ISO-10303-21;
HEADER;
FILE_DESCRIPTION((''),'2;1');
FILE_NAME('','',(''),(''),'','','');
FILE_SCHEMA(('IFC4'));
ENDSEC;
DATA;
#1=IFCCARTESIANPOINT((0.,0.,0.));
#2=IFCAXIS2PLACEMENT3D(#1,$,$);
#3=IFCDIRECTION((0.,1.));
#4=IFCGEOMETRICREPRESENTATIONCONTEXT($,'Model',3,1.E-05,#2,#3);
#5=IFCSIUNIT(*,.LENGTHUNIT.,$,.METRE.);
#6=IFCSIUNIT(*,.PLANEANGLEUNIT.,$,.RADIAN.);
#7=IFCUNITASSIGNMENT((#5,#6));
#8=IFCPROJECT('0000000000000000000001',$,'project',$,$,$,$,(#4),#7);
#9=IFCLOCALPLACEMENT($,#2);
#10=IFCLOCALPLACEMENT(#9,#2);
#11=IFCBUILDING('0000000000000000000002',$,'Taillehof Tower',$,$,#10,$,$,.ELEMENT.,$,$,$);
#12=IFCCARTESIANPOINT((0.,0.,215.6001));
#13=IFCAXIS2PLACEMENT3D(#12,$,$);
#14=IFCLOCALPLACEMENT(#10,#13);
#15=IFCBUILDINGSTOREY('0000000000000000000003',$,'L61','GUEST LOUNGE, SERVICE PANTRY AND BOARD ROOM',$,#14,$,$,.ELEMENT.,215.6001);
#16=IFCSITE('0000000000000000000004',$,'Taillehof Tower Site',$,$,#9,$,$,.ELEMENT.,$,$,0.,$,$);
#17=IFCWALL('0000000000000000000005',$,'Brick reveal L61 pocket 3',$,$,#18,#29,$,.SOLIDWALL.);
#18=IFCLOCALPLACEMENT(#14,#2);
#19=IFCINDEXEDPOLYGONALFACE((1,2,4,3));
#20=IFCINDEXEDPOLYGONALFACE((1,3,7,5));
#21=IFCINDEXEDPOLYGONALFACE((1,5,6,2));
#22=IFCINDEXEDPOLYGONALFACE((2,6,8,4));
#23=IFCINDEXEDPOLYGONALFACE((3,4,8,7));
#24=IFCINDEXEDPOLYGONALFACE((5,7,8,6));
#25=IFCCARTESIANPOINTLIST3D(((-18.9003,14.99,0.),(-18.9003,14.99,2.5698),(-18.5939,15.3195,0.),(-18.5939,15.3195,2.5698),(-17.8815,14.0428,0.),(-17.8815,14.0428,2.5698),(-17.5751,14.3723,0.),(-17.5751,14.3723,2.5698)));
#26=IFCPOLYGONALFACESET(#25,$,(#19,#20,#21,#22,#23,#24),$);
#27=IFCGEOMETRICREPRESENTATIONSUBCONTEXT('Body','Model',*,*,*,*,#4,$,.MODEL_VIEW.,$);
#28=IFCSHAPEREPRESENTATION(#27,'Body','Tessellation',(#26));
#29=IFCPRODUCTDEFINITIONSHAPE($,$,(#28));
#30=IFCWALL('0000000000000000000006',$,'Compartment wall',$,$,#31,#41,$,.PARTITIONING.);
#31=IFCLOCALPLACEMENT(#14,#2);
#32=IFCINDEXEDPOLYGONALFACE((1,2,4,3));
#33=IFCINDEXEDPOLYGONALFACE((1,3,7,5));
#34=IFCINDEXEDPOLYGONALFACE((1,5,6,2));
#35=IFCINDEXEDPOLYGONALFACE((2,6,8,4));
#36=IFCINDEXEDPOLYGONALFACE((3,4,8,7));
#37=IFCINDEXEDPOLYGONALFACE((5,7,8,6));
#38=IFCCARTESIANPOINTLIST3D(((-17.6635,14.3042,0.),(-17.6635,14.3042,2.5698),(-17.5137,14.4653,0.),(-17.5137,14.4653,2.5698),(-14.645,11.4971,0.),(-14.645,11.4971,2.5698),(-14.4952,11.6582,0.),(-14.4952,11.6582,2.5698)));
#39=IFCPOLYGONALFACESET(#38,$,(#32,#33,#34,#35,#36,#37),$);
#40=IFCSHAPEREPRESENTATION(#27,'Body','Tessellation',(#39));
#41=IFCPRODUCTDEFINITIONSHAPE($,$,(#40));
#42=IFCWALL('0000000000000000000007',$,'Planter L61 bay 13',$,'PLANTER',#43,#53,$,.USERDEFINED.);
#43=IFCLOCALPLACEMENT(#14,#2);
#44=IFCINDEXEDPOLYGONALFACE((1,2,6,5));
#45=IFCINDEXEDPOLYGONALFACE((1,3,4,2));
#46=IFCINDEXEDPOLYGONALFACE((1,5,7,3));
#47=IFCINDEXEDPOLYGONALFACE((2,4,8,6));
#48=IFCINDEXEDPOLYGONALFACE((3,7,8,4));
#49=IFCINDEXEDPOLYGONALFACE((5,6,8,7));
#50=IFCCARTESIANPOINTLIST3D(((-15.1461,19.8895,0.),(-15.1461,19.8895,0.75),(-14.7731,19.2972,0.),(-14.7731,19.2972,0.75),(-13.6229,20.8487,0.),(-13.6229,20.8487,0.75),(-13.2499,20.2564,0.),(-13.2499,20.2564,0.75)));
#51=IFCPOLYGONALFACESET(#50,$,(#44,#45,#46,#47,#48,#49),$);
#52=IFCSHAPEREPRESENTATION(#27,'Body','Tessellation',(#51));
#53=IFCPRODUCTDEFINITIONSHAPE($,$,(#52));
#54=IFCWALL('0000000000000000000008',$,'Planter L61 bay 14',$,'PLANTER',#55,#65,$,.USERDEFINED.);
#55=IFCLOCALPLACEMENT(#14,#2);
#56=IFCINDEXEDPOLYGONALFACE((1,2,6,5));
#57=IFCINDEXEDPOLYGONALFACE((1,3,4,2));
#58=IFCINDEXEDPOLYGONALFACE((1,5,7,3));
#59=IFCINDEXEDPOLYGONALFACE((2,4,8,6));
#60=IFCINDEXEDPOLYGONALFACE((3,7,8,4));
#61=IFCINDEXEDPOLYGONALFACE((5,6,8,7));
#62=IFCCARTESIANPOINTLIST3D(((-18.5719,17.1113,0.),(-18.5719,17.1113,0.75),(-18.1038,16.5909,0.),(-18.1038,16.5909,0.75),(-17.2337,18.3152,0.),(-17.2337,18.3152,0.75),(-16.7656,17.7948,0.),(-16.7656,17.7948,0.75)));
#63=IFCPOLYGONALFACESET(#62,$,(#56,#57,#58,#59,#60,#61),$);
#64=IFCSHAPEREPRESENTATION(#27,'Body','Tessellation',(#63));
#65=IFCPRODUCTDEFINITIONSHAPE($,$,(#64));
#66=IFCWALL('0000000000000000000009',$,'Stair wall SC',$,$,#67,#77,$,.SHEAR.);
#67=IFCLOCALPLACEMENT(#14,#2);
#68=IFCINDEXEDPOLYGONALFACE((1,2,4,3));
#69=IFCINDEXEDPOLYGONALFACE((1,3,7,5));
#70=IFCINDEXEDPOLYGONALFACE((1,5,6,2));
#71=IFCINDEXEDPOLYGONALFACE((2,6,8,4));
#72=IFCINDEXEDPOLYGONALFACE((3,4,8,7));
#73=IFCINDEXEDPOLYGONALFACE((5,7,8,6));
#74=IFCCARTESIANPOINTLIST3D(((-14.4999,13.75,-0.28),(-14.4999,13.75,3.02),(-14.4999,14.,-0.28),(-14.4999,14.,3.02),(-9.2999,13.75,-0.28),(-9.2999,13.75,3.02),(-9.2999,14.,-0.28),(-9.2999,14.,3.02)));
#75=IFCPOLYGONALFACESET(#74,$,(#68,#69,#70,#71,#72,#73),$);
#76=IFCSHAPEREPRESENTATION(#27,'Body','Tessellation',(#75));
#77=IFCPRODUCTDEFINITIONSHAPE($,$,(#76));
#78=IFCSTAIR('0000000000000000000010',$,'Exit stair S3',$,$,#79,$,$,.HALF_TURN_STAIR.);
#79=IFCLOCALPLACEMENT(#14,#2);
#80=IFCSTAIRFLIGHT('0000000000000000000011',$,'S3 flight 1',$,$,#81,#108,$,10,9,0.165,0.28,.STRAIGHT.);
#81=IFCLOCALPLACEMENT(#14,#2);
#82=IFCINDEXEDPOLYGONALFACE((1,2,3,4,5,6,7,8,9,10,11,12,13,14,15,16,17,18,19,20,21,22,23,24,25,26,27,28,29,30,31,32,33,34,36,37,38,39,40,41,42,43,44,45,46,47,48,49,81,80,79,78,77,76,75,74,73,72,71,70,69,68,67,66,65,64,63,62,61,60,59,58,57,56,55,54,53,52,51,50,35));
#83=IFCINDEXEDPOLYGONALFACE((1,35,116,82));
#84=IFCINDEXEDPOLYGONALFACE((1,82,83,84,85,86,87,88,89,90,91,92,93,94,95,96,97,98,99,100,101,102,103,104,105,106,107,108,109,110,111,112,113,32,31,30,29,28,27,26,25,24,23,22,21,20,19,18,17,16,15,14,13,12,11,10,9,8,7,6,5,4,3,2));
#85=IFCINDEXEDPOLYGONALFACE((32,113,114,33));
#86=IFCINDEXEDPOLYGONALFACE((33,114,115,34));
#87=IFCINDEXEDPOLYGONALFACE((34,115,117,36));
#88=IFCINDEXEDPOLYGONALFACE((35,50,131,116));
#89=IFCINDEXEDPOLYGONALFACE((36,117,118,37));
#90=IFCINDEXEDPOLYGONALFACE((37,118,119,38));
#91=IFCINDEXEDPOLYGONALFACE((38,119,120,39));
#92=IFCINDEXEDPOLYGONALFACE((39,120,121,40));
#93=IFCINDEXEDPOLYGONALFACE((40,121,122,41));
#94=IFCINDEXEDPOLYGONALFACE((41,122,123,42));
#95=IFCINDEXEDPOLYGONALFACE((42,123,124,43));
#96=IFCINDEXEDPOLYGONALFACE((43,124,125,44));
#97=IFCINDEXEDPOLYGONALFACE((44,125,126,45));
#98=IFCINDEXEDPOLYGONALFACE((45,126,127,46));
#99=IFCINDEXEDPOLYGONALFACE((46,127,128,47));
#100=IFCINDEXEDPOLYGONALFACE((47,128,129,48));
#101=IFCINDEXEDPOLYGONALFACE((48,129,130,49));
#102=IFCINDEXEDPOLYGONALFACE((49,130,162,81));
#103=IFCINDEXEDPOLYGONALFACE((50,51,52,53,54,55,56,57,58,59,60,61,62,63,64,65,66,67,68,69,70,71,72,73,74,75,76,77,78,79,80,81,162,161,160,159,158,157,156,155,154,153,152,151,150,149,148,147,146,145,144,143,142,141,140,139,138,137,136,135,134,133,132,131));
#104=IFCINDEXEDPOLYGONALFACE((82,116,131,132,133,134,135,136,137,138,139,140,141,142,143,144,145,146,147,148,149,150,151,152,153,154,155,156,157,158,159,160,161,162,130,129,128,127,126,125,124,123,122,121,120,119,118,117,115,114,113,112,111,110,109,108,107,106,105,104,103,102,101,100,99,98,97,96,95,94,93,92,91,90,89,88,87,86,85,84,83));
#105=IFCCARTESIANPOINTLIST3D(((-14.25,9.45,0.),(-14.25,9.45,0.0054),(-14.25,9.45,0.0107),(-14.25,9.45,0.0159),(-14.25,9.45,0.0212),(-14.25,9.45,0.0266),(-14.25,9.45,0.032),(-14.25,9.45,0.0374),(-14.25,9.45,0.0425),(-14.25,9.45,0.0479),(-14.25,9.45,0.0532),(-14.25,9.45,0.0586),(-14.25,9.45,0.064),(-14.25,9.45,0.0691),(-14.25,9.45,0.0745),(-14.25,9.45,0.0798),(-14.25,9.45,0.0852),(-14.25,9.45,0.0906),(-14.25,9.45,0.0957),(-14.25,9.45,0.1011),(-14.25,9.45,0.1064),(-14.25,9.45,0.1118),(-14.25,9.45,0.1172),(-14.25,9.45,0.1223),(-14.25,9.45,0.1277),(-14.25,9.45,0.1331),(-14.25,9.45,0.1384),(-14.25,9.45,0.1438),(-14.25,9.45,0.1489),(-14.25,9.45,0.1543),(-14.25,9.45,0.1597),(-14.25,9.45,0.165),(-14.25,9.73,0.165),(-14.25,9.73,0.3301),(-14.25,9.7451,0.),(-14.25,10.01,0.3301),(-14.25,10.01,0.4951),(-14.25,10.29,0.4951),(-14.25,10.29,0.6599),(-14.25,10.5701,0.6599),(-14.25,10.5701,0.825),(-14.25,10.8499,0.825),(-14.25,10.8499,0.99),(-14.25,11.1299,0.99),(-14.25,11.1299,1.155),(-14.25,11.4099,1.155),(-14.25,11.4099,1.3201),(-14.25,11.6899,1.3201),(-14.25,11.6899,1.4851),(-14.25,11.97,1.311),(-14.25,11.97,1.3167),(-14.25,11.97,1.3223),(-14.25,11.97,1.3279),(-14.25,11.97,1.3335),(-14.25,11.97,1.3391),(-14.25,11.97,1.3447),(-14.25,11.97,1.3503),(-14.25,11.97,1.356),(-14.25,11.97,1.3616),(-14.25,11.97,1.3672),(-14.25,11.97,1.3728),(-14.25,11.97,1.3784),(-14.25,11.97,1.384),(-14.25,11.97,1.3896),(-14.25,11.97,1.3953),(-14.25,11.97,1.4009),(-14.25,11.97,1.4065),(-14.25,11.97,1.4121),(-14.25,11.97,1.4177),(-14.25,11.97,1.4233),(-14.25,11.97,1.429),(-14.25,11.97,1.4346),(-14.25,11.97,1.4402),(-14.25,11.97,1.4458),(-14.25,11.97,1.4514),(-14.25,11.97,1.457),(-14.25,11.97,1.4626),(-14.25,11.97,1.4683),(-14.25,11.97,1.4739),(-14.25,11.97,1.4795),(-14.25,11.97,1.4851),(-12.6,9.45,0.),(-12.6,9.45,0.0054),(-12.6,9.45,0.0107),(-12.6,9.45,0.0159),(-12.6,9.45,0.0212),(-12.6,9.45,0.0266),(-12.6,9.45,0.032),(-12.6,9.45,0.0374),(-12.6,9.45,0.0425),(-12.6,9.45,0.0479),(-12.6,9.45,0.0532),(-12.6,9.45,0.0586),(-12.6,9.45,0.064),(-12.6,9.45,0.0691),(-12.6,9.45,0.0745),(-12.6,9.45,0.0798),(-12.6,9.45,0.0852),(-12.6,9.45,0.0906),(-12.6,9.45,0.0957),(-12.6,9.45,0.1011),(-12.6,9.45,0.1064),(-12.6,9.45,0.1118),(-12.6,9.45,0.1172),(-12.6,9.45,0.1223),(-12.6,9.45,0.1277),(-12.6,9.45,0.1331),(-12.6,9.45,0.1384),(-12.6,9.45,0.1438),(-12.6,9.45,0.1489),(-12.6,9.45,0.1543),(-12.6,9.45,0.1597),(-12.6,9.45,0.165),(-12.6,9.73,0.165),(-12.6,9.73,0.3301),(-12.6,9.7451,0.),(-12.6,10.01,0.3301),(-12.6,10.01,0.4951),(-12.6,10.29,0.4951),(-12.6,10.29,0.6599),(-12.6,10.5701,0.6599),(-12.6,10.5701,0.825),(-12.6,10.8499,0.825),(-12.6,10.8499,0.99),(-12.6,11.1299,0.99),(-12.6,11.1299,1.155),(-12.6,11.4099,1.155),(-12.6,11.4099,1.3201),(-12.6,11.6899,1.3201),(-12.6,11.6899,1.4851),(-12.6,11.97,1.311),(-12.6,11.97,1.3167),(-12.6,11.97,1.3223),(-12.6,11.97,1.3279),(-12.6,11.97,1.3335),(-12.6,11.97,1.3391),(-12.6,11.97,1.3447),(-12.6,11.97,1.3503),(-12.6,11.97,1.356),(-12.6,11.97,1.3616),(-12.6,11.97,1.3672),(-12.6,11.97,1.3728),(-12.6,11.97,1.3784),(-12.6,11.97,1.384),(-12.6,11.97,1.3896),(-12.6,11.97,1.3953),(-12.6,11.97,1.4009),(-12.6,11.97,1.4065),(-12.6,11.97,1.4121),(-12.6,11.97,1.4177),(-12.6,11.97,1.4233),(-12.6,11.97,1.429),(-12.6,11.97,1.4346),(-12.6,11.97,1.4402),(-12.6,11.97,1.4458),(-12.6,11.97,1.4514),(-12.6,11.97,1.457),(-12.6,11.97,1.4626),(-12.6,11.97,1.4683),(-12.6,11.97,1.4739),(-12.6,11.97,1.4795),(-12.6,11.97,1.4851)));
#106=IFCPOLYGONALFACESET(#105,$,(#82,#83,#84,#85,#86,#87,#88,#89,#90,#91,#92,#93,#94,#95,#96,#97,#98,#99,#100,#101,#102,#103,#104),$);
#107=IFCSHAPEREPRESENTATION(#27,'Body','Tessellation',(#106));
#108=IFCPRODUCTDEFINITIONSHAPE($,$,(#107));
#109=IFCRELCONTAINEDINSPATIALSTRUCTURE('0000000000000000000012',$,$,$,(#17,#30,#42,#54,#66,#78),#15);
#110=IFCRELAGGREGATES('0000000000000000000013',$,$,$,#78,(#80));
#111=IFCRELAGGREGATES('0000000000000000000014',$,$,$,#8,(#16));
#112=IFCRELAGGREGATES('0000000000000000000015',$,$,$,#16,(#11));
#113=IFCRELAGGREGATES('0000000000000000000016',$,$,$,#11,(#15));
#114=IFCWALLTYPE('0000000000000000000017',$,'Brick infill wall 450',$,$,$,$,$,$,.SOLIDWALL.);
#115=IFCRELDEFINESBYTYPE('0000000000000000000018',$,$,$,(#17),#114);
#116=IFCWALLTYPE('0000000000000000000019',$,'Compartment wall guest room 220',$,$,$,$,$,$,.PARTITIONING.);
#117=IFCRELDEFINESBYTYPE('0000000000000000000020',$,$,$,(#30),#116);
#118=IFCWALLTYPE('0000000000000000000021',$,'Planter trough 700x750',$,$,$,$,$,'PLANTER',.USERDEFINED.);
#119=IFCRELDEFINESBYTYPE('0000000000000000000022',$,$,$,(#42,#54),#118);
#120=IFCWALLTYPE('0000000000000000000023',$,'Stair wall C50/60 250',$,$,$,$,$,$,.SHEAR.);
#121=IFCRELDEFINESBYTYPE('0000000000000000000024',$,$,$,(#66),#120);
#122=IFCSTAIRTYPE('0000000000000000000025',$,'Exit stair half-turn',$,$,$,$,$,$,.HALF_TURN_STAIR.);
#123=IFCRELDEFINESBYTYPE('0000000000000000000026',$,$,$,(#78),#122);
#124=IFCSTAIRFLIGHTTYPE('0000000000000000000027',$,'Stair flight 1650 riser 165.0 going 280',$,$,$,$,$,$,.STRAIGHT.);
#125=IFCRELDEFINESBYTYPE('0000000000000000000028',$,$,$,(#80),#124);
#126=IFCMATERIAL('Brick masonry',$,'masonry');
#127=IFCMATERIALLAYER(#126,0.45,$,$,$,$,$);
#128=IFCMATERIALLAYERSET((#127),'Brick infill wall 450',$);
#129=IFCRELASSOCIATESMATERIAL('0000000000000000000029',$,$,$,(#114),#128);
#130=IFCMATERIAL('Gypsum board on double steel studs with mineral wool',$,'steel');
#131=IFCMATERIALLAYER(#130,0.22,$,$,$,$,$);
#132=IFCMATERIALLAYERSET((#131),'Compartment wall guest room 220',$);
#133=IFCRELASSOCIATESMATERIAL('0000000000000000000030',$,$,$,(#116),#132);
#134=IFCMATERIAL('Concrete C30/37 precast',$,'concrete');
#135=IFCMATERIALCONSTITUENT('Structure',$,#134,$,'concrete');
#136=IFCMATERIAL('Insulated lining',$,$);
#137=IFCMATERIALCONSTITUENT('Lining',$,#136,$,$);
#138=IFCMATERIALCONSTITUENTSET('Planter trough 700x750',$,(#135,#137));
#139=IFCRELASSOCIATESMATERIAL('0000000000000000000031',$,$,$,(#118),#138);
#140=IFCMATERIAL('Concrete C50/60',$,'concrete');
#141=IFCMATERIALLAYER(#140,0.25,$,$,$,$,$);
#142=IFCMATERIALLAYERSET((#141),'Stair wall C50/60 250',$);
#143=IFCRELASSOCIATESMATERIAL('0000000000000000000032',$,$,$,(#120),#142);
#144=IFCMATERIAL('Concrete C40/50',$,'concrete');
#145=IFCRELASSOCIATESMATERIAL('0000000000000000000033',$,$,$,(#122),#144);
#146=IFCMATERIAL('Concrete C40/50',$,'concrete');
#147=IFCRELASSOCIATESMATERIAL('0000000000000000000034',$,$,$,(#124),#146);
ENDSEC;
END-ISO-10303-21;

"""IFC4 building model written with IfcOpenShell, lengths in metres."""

from ifc_helpers import new_model, si_unit, direction, frame, frame_2d, origin, place, context, subcontext, project, spatial, polyline, rectangle, outline, extrude, material, layer, layer_set, constituent, constituent_set, type_object, element, aggregate, save


model = new_model("IFC4")

# Units and contexts
model_context = context("Model", 3, precision=1e-05, world=origin(), true_north=direction((0.0, 1.0)))
body_context = subcontext(model_context, "Body", "Model", "MODEL_VIEW")
ifc_project = project(units=[si_unit("LENGTHUNIT", "METRE"), si_unit("PLANEANGLEUNIT", "RADIAN")], contexts=[model_context])

# Site, building, storey
site_placement = place(None, origin())
site = spatial("IfcSite", under=ifc_project, at=site_placement, Name="Taillehof Tower Site", CompositionType="ELEMENT", RefElevation=0.0)
building_placement = place(site_placement, origin())
building = spatial("IfcBuilding", under=site, at=building_placement, Name="Taillehof Tower", CompositionType="ELEMENT")
storey_placement = place(building_placement, frame((0.0, 0.0, 215.6001)))
storey = spatial("IfcBuildingStorey", under=building, at=storey_placement, Name="L61", Description="GUEST LOUNGE, SERVICE PANTRY AND BOARD ROOM", CompositionType="ELEMENT", Elevation=215.6001)

# Shared definitions
ifc_material_1 = material(Name="Brick masonry", Category="masonry")
ifc_layer_1 = layer(ifc_material_1, 0.45)
ifc_layer_set_1 = layer_set([ifc_layer_1], Name="Brick infill wall 450")
wall_type_1 = type_object("IfcWallType", Name="Brick infill wall 450", PredefinedType="SOLIDWALL", material=ifc_layer_set_1)

# Wall
wall_1_placement = place(storey_placement, frame((-18.7471, 15.1548, 0.0), z_axis=(0.0, 0.0, 1.0), x_axis=(0.73235, -0.680929, 0.0)))
element("IfcWall", 1, at=wall_1_placement, inside=storey, type_object=wall_type_1, Name="Brick reveal L61 pocket 3", PredefinedType="SOLIDWALL", context=body_context, shape_type="SweptSolid", body=[
    extrude(rectangle(XDim=1.3911, YDim=0.45, at=frame_2d((0.6956, 0.0))), origin(), (0.0, 0.0, 1.0), 2.5698),
])

# Walls
ifc_material_2 = material(Name="Gypsum board on double steel studs with mineral wool", Category="steel")
ifc_layer_2 = layer(ifc_material_2, 0.22)
ifc_layer_set_2 = layer_set([ifc_layer_2], Name="Compartment wall guest room 220")
wall_type_2 = type_object("IfcWallType", Name="Compartment wall guest room 220", PredefinedType="PARTITIONING", material=ifc_layer_set_2)
wall_2_placement = place(storey_placement, frame((-17.5886, 14.3848, 0.0), z_axis=(0.0, 0.0, 1.0), x_axis=(0.732287, -0.680996, 0.0)))
element("IfcWall", 2, at=wall_2_placement, inside=storey, type_object=wall_type_2, Name="Compartment wall", PredefinedType="PARTITIONING", context=body_context, shape_type="SweptSolid", body=[
    extrude(rectangle(XDim=4.1221, YDim=0.22, at=frame_2d((2.061, 0.0))), origin(), (0.0, 0.0, 1.0), 2.5698),
])
ifc_material_3 = material(Name="Concrete C30/37 precast", Category="concrete")
ifc_constituent_1 = constituent(ifc_material_3, Name="Structure", Category="concrete")
ifc_material_4 = material(Name="Insulated lining")
ifc_constituent_2 = constituent(ifc_material_4, Name="Lining")
ifc_constituent_set = constituent_set(constituents=[ifc_constituent_1, ifc_constituent_2], Name="Planter trough 700x750")
wall_type_3 = type_object("IfcWallType", Name="Planter trough 700x750", ElementType="PLANTER", PredefinedType="USERDEFINED", material=ifc_constituent_set)
for number, where, z_axis, x_axis, name in (
    (3, (-13.4365, 20.5525, 0.0), (0.0, 0.0, 1.0), (-0.846188, -0.532885, 0.0), "Planter L61 bay 13"),
    (4, (-16.9998, 18.0549, 0.0), (0.0, 0.0, 1.0), (-0.743422, -0.668822, 0.0), "Planter L61 bay 14"),
):
    element("IfcWall", number, at=place(storey_placement, frame(where, z_axis=z_axis, x_axis=x_axis)), inside=storey, type_object=wall_type_3, Name=name, ObjectType="PLANTER", PredefinedType="USERDEFINED", context=body_context, shape_type="SweptSolid", body=[
        extrude(rectangle(XDim=1.8, YDim=0.7, at=frame_2d((0.8999, 0.0))), origin(), (0.0, 0.0, 1.0), 0.75),
    ])
ifc_material_5 = material(Name="Concrete C50/60", Category="concrete")
ifc_layer_3 = layer(ifc_material_5, 0.25)
ifc_layer_set_3 = layer_set([ifc_layer_3], Name="Stair wall C50/60 250")
wall_type_4 = type_object("IfcWallType", Name="Stair wall C50/60 250", PredefinedType="SHEAR", material=ifc_layer_set_3)
wall_3_placement = place(storey_placement, frame((-14.5, 13.875, -0.28), z_axis=(0.0, 0.0, 1.0), x_axis=(1.0, 0.0, 0.0)))
element("IfcWall", 5, at=wall_3_placement, inside=storey, type_object=wall_type_4, Name="Stair wall SC", PredefinedType="SHEAR", context=body_context, shape_type="SweptSolid", body=[
    extrude(rectangle(XDim=5.2, YDim=0.25, at=frame_2d((2.6001, 0.0))), origin(), (0.0, 0.0, 1.0), 3.3),
])

# Stair, stair flight
ifc_material_6 = material(Name="Concrete C40/50", Category="concrete")
stair_type = type_object("IfcStairType", Name="Exit stair half-turn", PredefinedType="HALF_TURN_STAIR", material=ifc_material_6)
stair_placement = place(storey_placement, origin())
stair = element("IfcStair", 6, at=stair_placement, inside=storey, type_object=stair_type, Name="Exit stair S3", PredefinedType="HALF_TURN_STAIR")
ifc_material_7 = material(Name="Concrete C40/50", Category="concrete")
stair_flight_type = type_object("IfcStairFlightType", Name="Stair flight 1650 riser 165.0 going 280", PredefinedType="STRAIGHT", material=ifc_material_7)
stair_flight_placement = place(storey_placement, frame((-13.425, 9.45, 0.0), z_axis=(0.0, 0.0, 1.0), x_axis=(0.0, 1.0, 0.0)))
stair_flight = element("IfcStairFlight", 7, at=stair_flight_placement, type_object=stair_flight_type, Name="S3 flight 1", NumberOfRisers=10, NumberOfTreads=9, PredefinedType="STRAIGHT", RiserHeight=0.165, TreadLength=0.28, context=body_context, shape_type="SweptSolid", body=[
    extrude(outline(polyline([(0.0, 0.0), (0.0, 0.0054), (0.0, 0.0107), (0.0, 0.0159), (0.0, 0.0212), (0.0, 0.0266), (0.0, 0.032), (0.0, 0.0374), (0.0, 0.0425), (0.0, 0.0479), (0.0, 0.0532), (0.0, 0.0586), (0.0, 0.064), (0.0, 0.0691), (0.0, 0.0745), (0.0, 0.0798), (0.0, 0.0852), (0.0, 0.0906), (0.0, 0.0957), (0.0, 0.1011), (0.0, 0.1064), (0.0, 0.1118), (0.0, 0.1172), (0.0, 0.1223), (0.0, 0.1277), (0.0, 0.1331), (0.0, 0.1384), (0.0, 0.1438), (0.0, 0.1489), (0.0, 0.1543), (0.0, 0.1597), (0.0, 0.165), (0.28, 0.165), (0.28, 0.3301), (0.5601, 0.3301), (0.5601, 0.4951), (0.8401, 0.4951), (0.8401, 0.6599), (1.1201, 0.6599), (1.1201, 0.825), (1.3999, 0.825), (1.3999, 0.99), (1.6799, 0.99), (1.6799, 1.155), (1.96, 1.155), (1.96, 1.3201), (2.24, 1.3201), (2.24, 1.4851), (2.52, 1.4851), (2.52, 1.4795), (2.52, 1.4739), (2.52, 1.4683), (2.52, 1.4626), (2.52, 1.457), (2.52, 1.4514), (2.52, 1.4458), (2.52, 1.4402), (2.52, 1.4346), (2.52, 1.429), (2.52, 1.4233), (2.52, 1.4177), (2.52, 1.4121), (2.52, 1.4065), (2.52, 1.4009), (2.52, 1.3953), (2.52, 1.3896), (2.52, 1.384), (2.52, 1.3784), (2.52, 1.3728), (2.52, 1.3672), (2.52, 1.3616), (2.52, 1.356), (2.52, 1.3503), (2.52, 1.3447), (2.52, 1.3391), (2.52, 1.3335), (2.52, 1.3279), (2.52, 1.3223), (2.52, 1.3167), (2.52, 1.311), (0.2952, 0.0), (0.0, 0.0)])), frame((0.0, 0.825, 0.0), z_axis=(0.0, -1.0, 0.0), x_axis=(1.0, 0.0, 0.0)), (0.0, 0.0, 1.0), 1.65),
])
aggregate(stair, [stair_flight])

save(model, "model.ifc")
